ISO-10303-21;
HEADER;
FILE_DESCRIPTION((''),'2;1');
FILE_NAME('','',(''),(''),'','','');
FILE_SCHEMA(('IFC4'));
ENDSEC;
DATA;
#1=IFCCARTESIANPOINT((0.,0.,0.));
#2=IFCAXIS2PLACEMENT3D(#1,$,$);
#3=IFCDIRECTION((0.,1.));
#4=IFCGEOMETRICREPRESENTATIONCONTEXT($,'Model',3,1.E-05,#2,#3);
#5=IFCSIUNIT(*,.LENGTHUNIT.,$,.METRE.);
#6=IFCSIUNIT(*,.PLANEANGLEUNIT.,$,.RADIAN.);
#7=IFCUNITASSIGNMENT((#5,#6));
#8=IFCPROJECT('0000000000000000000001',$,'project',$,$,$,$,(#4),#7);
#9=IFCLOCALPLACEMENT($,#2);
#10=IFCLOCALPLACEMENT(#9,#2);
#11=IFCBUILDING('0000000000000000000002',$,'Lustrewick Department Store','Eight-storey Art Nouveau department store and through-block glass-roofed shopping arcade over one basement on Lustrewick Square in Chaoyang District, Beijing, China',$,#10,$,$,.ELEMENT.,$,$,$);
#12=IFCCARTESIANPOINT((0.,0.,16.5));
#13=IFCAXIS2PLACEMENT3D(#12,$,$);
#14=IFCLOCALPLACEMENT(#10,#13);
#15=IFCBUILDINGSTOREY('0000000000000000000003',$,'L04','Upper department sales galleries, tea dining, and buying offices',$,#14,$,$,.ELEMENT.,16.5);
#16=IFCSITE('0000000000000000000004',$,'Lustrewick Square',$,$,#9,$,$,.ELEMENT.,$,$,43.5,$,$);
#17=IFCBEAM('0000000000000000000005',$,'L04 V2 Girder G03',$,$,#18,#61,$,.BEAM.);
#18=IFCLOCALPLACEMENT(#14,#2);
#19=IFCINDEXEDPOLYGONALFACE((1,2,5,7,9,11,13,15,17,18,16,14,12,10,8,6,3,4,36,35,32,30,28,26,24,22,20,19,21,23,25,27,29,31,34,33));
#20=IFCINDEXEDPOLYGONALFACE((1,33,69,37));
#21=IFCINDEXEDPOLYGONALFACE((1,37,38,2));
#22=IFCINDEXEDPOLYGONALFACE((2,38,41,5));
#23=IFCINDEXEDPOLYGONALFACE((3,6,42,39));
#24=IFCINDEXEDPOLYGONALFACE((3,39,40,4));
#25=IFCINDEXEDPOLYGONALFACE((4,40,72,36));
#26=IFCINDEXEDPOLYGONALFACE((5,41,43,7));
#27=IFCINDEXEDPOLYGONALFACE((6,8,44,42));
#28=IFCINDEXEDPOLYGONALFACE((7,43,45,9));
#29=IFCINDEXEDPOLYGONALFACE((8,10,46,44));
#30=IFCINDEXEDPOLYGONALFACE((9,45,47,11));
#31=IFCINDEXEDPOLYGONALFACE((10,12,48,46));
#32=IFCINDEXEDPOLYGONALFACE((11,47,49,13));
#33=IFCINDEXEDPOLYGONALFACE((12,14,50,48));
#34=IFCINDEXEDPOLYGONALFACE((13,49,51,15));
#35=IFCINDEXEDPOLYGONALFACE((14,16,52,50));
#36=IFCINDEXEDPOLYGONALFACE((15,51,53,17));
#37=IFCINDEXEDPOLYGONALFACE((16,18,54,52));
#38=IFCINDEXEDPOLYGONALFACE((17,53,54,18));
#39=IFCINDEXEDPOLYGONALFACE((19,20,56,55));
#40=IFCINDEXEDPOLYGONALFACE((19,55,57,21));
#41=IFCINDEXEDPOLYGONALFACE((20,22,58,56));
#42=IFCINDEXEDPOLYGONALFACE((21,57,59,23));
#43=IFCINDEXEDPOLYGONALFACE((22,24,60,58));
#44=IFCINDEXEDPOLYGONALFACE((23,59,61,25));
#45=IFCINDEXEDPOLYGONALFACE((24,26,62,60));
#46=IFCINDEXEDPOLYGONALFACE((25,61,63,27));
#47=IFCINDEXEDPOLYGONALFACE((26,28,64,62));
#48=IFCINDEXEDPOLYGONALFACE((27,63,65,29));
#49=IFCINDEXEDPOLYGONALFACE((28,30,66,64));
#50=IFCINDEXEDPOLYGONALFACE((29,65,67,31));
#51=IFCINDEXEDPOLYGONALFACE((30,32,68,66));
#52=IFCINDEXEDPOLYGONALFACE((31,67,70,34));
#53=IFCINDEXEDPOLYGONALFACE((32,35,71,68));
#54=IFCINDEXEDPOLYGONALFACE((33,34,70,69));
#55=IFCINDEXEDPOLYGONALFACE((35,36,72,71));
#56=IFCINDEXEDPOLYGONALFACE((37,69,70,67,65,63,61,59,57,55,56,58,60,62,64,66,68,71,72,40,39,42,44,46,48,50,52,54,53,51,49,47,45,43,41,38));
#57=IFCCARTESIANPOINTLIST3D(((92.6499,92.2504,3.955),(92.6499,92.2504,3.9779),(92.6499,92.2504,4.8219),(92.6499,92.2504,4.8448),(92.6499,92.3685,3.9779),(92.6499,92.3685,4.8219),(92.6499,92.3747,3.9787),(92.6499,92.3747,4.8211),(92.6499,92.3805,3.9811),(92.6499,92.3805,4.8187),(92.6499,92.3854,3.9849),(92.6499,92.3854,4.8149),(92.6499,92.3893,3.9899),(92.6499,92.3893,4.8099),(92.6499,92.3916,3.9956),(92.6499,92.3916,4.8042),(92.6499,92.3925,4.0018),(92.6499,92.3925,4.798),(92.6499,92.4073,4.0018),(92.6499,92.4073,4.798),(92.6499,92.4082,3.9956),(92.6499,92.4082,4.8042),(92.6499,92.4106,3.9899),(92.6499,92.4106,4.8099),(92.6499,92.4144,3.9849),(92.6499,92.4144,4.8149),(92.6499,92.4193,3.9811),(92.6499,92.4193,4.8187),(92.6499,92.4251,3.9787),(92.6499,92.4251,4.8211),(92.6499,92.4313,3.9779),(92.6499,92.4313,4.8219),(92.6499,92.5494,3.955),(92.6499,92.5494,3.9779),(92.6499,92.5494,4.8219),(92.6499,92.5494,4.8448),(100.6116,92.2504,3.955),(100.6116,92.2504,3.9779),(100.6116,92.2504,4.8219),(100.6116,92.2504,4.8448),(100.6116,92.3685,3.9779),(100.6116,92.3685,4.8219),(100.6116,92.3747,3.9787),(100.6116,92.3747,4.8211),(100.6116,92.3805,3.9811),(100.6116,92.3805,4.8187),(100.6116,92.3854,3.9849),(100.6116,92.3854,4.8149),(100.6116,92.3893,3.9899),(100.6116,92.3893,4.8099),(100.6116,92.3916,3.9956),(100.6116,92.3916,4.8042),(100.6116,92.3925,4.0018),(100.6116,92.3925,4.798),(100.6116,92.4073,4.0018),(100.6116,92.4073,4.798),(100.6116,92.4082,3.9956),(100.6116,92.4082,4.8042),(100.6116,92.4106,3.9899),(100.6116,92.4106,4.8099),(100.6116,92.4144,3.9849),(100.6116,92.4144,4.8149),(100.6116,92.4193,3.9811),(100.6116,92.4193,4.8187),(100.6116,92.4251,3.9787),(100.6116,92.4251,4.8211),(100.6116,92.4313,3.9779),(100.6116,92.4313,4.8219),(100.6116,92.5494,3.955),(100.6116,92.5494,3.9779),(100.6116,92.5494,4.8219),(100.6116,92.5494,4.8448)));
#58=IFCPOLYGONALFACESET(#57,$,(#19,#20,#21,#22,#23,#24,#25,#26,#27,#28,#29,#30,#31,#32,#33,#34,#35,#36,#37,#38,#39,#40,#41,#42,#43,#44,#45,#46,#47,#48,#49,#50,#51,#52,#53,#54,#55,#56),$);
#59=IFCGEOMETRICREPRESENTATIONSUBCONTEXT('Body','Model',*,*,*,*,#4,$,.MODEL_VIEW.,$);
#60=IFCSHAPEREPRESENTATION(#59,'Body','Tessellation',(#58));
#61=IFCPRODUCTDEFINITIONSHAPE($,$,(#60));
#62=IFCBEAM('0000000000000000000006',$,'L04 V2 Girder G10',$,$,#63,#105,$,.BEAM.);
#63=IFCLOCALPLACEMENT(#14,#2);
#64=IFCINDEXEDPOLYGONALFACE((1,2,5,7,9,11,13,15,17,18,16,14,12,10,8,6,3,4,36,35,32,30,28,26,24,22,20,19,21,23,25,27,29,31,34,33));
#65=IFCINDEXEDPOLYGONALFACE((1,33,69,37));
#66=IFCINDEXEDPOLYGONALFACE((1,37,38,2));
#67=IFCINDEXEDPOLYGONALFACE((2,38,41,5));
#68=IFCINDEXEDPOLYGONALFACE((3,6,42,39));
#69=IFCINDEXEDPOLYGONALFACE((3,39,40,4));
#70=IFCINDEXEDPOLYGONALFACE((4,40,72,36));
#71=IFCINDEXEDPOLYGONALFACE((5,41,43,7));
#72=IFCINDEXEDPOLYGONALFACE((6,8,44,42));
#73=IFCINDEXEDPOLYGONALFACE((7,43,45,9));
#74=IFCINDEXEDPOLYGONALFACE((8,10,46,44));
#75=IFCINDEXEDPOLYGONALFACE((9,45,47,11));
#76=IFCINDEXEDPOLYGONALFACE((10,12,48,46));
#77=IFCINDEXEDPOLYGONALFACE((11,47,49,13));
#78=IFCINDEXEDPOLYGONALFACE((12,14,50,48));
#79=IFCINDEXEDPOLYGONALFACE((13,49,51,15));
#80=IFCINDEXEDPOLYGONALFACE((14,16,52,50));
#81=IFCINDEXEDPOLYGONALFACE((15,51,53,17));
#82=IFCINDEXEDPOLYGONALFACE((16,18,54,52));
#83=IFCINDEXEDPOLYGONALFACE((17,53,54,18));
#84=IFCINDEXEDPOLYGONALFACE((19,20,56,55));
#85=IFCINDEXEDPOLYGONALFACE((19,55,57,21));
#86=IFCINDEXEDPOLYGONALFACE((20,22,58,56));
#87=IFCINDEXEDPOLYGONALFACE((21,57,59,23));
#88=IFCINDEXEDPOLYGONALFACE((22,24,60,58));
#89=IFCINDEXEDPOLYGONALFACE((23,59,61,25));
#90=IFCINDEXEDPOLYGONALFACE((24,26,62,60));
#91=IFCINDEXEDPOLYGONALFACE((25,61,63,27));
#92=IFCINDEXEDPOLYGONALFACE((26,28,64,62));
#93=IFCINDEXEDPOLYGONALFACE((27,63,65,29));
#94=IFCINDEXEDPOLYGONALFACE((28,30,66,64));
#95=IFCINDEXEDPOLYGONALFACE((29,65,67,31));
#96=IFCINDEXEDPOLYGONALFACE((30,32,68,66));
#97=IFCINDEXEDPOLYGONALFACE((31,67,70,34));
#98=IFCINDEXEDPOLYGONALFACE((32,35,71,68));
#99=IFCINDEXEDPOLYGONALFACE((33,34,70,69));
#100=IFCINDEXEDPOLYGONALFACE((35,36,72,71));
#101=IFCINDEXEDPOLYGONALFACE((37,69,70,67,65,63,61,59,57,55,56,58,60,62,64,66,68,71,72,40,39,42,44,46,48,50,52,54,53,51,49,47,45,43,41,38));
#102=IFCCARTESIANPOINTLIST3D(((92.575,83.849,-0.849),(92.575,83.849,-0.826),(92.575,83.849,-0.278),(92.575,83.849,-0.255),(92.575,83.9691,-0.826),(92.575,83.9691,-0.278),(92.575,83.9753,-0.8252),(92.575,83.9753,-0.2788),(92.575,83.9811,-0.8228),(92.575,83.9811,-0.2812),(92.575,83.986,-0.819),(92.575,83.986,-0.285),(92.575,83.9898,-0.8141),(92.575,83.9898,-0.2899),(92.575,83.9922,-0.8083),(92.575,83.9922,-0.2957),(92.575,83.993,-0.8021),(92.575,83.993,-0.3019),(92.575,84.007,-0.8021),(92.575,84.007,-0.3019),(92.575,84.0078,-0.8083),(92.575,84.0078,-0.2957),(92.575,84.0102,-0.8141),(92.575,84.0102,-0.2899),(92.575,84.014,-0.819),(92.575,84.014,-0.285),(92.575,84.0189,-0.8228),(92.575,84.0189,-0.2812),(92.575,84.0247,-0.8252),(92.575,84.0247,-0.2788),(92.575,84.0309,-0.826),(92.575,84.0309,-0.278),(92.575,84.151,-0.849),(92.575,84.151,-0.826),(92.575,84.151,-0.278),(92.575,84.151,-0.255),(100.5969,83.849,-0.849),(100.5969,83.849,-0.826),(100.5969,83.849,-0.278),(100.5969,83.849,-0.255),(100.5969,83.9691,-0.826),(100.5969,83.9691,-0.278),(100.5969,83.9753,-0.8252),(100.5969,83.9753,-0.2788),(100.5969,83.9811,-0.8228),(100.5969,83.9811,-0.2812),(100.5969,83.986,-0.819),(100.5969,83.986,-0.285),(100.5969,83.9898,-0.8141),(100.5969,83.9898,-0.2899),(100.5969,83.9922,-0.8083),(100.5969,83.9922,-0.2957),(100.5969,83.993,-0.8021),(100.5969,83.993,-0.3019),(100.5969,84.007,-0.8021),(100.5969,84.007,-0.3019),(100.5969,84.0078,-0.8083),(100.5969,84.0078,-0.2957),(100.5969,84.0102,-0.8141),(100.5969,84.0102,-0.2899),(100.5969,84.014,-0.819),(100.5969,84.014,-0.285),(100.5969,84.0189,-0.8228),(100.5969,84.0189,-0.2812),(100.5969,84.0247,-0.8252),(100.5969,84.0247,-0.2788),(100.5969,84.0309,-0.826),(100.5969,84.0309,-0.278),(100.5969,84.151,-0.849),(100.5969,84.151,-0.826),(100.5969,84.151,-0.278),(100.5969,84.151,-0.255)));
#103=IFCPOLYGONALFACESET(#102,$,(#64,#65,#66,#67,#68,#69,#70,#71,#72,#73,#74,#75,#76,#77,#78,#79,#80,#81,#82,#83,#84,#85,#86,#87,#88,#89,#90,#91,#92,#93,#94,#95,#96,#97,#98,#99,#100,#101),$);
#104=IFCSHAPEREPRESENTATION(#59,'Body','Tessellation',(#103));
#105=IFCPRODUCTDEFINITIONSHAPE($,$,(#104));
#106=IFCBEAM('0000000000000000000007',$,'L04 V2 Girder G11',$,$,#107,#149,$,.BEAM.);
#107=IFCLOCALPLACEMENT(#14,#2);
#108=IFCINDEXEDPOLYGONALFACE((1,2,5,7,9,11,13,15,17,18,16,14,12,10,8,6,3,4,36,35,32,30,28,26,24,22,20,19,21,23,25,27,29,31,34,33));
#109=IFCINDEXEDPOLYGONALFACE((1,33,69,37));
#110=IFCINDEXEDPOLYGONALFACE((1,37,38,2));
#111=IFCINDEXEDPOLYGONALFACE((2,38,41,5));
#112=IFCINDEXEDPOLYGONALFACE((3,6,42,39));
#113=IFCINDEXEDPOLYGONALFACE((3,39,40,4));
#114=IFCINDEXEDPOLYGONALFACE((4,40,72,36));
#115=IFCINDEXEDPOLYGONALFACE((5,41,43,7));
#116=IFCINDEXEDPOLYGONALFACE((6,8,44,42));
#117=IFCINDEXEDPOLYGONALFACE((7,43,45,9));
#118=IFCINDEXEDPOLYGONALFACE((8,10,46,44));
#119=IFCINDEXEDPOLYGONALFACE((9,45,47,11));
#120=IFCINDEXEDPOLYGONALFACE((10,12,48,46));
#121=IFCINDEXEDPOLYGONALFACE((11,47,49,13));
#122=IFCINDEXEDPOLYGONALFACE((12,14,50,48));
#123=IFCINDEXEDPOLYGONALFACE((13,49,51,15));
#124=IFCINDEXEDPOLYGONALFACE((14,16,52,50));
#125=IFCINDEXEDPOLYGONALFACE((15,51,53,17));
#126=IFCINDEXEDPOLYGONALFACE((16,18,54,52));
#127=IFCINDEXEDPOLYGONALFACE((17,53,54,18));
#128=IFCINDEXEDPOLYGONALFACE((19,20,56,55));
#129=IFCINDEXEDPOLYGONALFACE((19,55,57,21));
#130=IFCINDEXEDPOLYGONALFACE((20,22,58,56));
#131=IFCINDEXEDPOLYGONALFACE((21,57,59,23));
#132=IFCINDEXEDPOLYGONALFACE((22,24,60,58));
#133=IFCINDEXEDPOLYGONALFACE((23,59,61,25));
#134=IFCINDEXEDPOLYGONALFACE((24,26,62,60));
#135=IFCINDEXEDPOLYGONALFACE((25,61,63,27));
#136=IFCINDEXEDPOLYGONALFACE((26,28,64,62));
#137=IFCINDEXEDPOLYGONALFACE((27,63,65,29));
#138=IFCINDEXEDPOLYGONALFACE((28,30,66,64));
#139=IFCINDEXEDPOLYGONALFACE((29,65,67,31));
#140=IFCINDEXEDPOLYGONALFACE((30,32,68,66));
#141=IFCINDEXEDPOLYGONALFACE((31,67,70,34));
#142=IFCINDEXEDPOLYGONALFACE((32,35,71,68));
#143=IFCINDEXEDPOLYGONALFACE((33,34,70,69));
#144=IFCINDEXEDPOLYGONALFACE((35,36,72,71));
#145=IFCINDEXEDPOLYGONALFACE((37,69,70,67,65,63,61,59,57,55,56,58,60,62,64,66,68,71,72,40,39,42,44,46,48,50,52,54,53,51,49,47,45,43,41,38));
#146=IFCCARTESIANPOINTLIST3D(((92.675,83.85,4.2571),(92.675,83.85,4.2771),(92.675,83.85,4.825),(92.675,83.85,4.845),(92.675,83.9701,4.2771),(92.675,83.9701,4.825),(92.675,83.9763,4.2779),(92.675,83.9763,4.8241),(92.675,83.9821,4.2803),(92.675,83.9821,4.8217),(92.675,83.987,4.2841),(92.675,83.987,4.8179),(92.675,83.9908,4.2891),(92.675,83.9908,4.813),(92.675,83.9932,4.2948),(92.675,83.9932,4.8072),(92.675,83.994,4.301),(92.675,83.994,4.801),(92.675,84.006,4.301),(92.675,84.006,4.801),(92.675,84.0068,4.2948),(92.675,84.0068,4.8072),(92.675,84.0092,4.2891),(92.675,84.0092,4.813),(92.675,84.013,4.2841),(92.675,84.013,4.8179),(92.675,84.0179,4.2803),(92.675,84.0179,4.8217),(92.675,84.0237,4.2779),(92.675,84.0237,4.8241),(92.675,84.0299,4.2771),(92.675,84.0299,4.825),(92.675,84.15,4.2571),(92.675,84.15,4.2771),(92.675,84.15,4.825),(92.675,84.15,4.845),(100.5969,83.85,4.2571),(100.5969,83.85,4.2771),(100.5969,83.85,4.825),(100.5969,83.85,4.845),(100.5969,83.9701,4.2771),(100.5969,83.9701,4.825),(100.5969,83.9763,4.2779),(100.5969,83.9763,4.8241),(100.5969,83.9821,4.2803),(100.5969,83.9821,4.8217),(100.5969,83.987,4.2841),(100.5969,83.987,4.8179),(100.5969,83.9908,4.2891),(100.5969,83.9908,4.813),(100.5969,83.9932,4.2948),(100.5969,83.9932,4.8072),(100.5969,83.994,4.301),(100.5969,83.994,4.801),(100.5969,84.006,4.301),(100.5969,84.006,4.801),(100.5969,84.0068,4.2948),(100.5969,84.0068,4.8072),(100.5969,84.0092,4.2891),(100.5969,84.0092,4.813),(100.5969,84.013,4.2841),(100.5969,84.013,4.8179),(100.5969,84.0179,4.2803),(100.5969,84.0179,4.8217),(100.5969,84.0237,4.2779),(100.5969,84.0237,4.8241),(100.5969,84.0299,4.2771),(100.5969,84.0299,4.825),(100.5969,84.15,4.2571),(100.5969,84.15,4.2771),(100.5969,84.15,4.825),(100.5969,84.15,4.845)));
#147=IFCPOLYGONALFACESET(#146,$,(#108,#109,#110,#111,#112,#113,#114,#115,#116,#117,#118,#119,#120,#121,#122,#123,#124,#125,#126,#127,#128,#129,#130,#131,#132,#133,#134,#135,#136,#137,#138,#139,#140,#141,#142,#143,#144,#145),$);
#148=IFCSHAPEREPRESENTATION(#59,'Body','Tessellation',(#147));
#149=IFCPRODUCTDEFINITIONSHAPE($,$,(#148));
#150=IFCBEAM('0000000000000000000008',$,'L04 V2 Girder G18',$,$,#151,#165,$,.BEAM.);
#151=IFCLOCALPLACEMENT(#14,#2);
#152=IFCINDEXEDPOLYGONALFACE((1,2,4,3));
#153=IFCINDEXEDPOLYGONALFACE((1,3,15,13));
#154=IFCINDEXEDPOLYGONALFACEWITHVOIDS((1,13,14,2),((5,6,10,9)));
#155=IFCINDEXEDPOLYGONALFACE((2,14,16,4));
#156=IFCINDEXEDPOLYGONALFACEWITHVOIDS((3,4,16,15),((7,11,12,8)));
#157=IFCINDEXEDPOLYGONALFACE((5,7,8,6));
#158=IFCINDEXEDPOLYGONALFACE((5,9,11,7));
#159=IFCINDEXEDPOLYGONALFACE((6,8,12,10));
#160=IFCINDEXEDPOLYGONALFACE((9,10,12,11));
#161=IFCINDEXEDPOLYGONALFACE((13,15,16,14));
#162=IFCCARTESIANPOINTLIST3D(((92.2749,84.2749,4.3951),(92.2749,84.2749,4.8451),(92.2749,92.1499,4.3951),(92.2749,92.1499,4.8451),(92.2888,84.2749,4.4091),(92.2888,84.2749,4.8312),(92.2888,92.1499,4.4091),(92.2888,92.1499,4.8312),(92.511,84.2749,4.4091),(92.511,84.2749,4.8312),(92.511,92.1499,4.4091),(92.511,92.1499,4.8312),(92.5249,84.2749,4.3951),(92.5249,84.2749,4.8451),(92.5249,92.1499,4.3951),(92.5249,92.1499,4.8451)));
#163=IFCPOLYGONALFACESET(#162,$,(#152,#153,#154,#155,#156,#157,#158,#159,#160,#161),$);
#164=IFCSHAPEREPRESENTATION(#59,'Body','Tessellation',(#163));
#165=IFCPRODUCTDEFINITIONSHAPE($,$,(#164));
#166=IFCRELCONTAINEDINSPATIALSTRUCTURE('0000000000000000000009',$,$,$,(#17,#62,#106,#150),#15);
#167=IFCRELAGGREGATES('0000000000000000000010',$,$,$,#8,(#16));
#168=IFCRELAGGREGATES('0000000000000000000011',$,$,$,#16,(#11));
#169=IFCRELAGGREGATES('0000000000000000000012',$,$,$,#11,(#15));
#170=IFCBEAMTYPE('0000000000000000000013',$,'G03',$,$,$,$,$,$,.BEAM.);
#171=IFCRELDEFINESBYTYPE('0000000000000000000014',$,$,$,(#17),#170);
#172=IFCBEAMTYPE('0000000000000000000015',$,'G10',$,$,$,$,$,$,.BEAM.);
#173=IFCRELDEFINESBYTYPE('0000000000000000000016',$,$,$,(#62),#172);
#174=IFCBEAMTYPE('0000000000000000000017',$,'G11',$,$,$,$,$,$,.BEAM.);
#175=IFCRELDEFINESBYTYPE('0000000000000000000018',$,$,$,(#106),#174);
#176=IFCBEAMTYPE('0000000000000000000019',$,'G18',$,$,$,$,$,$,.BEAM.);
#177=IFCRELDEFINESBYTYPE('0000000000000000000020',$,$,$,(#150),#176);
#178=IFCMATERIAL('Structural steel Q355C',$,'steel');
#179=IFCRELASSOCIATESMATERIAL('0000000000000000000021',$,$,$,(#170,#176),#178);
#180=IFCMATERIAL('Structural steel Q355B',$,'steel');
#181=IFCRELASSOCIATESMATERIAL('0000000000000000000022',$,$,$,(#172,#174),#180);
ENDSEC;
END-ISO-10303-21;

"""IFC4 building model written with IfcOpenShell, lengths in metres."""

from ifc_helpers import new_model, si_unit, direction, frame, origin, origin_2d, place, context, subcontext, project, spatial, hollow_rectangle, i_section, extrude, material, material_profile, profile_set, type_object, element, save


model = new_model("IFC4")

# Units and contexts
model_context = context("Model", 3, precision=1e-05, world=origin(), true_north=direction((0.0, 1.0)))
body_context = subcontext(model_context, "Body", "Model", "MODEL_VIEW")
ifc_project = project(units=[si_unit("LENGTHUNIT", "METRE"), si_unit("PLANEANGLEUNIT", "RADIAN")], contexts=[model_context])

# Site, building, storey
site_placement = place(None, origin())
site = spatial("IfcSite", under=ifc_project, at=site_placement, Name="Lustrewick Square", CompositionType="ELEMENT", RefElevation=43.5)
building_placement = place(site_placement, origin())
building = spatial("IfcBuilding", under=site, at=building_placement, Name="Lustrewick Department Store", Description="Eight-storey Art Nouveau department store and through-block glass-roofed shopping arcade over one basement on Lustrewick Square in Chaoyang District, Beijing, China", CompositionType="ELEMENT")
storey_placement = place(building_placement, frame((0.0, 0.0, 16.5)))
storey = spatial("IfcBuildingStorey", under=building, at=storey_placement, Name="L04", Description="Upper department sales galleries, tea dining, and buying offices", CompositionType="ELEMENT", Elevation=16.5)

# Shared definitions
ifc_material_1 = material(Name="Structural steel Q355C", Category="steel")
ifc_material_2 = material(Name="Structural steel Q355B", Category="steel")

# Beams
ifc_material_profile_1 = material_profile(ifc_material_1, i_section(OverallWidth=0.2991, OverallDepth=0.8899, WebThickness=0.0149, FlangeThickness=0.0229, FilletRadius=0.0239, at=origin_2d()), Name="HN 890x299x15x23")
ifc_profile_set_1 = profile_set([ifc_material_profile_1], Name="Structural steel Q355C")
beam_type_1 = type_object("IfcBeamType", Name="G03", PredefinedType="BEAM", material=ifc_profile_set_1)
beam_1_placement = place(storey_placement, frame((92.6499, 92.3999, 4.3999), z_axis=(1.0, 0.0, 0.0), x_axis=(0.0, 1.0, 0.0)))
element("IfcBeam", 1, at=beam_1_placement, inside=storey, type_object=beam_type_1, Name="L04 V2 Girder G03", PredefinedType="BEAM", context=body_context, shape_type="SweptSolid", body=[
    extrude(i_section(OverallWidth=0.2991, OverallDepth=0.8899, WebThickness=0.0149, FlangeThickness=0.0229, FilletRadius=0.0239, at=origin_2d()), origin(), (0.0, 0.0, 1.0), 7.9617),
])
ifc_material_profile_2 = material_profile(ifc_material_2, i_section(OverallWidth=0.302, OverallDepth=0.594, WebThickness=0.0139, FlangeThickness=0.0229, FilletRadius=0.0239, at=origin_2d()), Name="HM 594x302x14x23")
ifc_profile_set_2 = profile_set([ifc_material_profile_2], Name="Structural steel Q355B")
beam_type_2 = type_object("IfcBeamType", Name="G10", PredefinedType="BEAM", material=ifc_profile_set_2)
beam_2_placement = place(storey_placement, frame((92.575, 84.0, -0.552), z_axis=(1.0, 0.0, 0.0), x_axis=(0.0, 1.0, 0.0)))
element("IfcBeam", 2, at=beam_2_placement, inside=storey, type_object=beam_type_2, Name="L04 V2 Girder G10", PredefinedType="BEAM", context=body_context, shape_type="SweptSolid", body=[
    extrude(i_section(OverallWidth=0.302, OverallDepth=0.594, WebThickness=0.0139, FlangeThickness=0.0229, FilletRadius=0.0239, at=origin_2d()), origin(), (0.0, 0.0, 1.0), 8.022),
])
ifc_material_profile_3 = material_profile(ifc_material_2, i_section(OverallWidth=0.3, OverallDepth=0.5879, WebThickness=0.012, FlangeThickness=0.02, FilletRadius=0.0239, at=origin_2d()), Name="HM 588x300x12x20")
ifc_profile_set_3 = profile_set([ifc_material_profile_3], Name="Structural steel Q355B")
beam_type_3 = type_object("IfcBeamType", Name="G11", PredefinedType="BEAM", material=ifc_profile_set_3)
beam_3_placement = place(storey_placement, frame((92.675, 84.0, 4.551), z_axis=(1.0, 0.0, 0.0), x_axis=(0.0, 1.0, 0.0)))
element("IfcBeam", 3, at=beam_3_placement, inside=storey, type_object=beam_type_3, Name="L04 V2 Girder G11", PredefinedType="BEAM", context=body_context, shape_type="SweptSolid", body=[
    extrude(i_section(OverallWidth=0.3, OverallDepth=0.5879, WebThickness=0.012, FlangeThickness=0.02, FilletRadius=0.0239, at=origin_2d()), origin(), (0.0, 0.0, 1.0), 7.9219),
])
ifc_material_profile_4 = material_profile(ifc_material_1, hollow_rectangle(XDim=0.25, YDim=0.45, WallThickness=0.0139, at=origin_2d()), Name="RHS 450x250x14")
ifc_profile_set_4 = profile_set([ifc_material_profile_4], Name="Structural steel Q355C")
beam_type_4 = type_object("IfcBeamType", Name="G18", PredefinedType="BEAM", material=ifc_profile_set_4)
beam_4_placement = place(storey_placement, frame((92.3999, 84.2749, 4.6201), z_axis=(0.0, 1.0, 0.0), x_axis=(-1.0, 0.0, 0.0)))
element("IfcBeam", 4, at=beam_4_placement, inside=storey, type_object=beam_type_4, Name="L04 V2 Girder G18", PredefinedType="BEAM", context=body_context, shape_type="SweptSolid", body=[
    extrude(hollow_rectangle(XDim=0.25, YDim=0.45, WallThickness=0.0139, at=origin_2d()), origin(), (0.0, 0.0, 1.0), 7.875),
])

save(model, "model.ifc")
